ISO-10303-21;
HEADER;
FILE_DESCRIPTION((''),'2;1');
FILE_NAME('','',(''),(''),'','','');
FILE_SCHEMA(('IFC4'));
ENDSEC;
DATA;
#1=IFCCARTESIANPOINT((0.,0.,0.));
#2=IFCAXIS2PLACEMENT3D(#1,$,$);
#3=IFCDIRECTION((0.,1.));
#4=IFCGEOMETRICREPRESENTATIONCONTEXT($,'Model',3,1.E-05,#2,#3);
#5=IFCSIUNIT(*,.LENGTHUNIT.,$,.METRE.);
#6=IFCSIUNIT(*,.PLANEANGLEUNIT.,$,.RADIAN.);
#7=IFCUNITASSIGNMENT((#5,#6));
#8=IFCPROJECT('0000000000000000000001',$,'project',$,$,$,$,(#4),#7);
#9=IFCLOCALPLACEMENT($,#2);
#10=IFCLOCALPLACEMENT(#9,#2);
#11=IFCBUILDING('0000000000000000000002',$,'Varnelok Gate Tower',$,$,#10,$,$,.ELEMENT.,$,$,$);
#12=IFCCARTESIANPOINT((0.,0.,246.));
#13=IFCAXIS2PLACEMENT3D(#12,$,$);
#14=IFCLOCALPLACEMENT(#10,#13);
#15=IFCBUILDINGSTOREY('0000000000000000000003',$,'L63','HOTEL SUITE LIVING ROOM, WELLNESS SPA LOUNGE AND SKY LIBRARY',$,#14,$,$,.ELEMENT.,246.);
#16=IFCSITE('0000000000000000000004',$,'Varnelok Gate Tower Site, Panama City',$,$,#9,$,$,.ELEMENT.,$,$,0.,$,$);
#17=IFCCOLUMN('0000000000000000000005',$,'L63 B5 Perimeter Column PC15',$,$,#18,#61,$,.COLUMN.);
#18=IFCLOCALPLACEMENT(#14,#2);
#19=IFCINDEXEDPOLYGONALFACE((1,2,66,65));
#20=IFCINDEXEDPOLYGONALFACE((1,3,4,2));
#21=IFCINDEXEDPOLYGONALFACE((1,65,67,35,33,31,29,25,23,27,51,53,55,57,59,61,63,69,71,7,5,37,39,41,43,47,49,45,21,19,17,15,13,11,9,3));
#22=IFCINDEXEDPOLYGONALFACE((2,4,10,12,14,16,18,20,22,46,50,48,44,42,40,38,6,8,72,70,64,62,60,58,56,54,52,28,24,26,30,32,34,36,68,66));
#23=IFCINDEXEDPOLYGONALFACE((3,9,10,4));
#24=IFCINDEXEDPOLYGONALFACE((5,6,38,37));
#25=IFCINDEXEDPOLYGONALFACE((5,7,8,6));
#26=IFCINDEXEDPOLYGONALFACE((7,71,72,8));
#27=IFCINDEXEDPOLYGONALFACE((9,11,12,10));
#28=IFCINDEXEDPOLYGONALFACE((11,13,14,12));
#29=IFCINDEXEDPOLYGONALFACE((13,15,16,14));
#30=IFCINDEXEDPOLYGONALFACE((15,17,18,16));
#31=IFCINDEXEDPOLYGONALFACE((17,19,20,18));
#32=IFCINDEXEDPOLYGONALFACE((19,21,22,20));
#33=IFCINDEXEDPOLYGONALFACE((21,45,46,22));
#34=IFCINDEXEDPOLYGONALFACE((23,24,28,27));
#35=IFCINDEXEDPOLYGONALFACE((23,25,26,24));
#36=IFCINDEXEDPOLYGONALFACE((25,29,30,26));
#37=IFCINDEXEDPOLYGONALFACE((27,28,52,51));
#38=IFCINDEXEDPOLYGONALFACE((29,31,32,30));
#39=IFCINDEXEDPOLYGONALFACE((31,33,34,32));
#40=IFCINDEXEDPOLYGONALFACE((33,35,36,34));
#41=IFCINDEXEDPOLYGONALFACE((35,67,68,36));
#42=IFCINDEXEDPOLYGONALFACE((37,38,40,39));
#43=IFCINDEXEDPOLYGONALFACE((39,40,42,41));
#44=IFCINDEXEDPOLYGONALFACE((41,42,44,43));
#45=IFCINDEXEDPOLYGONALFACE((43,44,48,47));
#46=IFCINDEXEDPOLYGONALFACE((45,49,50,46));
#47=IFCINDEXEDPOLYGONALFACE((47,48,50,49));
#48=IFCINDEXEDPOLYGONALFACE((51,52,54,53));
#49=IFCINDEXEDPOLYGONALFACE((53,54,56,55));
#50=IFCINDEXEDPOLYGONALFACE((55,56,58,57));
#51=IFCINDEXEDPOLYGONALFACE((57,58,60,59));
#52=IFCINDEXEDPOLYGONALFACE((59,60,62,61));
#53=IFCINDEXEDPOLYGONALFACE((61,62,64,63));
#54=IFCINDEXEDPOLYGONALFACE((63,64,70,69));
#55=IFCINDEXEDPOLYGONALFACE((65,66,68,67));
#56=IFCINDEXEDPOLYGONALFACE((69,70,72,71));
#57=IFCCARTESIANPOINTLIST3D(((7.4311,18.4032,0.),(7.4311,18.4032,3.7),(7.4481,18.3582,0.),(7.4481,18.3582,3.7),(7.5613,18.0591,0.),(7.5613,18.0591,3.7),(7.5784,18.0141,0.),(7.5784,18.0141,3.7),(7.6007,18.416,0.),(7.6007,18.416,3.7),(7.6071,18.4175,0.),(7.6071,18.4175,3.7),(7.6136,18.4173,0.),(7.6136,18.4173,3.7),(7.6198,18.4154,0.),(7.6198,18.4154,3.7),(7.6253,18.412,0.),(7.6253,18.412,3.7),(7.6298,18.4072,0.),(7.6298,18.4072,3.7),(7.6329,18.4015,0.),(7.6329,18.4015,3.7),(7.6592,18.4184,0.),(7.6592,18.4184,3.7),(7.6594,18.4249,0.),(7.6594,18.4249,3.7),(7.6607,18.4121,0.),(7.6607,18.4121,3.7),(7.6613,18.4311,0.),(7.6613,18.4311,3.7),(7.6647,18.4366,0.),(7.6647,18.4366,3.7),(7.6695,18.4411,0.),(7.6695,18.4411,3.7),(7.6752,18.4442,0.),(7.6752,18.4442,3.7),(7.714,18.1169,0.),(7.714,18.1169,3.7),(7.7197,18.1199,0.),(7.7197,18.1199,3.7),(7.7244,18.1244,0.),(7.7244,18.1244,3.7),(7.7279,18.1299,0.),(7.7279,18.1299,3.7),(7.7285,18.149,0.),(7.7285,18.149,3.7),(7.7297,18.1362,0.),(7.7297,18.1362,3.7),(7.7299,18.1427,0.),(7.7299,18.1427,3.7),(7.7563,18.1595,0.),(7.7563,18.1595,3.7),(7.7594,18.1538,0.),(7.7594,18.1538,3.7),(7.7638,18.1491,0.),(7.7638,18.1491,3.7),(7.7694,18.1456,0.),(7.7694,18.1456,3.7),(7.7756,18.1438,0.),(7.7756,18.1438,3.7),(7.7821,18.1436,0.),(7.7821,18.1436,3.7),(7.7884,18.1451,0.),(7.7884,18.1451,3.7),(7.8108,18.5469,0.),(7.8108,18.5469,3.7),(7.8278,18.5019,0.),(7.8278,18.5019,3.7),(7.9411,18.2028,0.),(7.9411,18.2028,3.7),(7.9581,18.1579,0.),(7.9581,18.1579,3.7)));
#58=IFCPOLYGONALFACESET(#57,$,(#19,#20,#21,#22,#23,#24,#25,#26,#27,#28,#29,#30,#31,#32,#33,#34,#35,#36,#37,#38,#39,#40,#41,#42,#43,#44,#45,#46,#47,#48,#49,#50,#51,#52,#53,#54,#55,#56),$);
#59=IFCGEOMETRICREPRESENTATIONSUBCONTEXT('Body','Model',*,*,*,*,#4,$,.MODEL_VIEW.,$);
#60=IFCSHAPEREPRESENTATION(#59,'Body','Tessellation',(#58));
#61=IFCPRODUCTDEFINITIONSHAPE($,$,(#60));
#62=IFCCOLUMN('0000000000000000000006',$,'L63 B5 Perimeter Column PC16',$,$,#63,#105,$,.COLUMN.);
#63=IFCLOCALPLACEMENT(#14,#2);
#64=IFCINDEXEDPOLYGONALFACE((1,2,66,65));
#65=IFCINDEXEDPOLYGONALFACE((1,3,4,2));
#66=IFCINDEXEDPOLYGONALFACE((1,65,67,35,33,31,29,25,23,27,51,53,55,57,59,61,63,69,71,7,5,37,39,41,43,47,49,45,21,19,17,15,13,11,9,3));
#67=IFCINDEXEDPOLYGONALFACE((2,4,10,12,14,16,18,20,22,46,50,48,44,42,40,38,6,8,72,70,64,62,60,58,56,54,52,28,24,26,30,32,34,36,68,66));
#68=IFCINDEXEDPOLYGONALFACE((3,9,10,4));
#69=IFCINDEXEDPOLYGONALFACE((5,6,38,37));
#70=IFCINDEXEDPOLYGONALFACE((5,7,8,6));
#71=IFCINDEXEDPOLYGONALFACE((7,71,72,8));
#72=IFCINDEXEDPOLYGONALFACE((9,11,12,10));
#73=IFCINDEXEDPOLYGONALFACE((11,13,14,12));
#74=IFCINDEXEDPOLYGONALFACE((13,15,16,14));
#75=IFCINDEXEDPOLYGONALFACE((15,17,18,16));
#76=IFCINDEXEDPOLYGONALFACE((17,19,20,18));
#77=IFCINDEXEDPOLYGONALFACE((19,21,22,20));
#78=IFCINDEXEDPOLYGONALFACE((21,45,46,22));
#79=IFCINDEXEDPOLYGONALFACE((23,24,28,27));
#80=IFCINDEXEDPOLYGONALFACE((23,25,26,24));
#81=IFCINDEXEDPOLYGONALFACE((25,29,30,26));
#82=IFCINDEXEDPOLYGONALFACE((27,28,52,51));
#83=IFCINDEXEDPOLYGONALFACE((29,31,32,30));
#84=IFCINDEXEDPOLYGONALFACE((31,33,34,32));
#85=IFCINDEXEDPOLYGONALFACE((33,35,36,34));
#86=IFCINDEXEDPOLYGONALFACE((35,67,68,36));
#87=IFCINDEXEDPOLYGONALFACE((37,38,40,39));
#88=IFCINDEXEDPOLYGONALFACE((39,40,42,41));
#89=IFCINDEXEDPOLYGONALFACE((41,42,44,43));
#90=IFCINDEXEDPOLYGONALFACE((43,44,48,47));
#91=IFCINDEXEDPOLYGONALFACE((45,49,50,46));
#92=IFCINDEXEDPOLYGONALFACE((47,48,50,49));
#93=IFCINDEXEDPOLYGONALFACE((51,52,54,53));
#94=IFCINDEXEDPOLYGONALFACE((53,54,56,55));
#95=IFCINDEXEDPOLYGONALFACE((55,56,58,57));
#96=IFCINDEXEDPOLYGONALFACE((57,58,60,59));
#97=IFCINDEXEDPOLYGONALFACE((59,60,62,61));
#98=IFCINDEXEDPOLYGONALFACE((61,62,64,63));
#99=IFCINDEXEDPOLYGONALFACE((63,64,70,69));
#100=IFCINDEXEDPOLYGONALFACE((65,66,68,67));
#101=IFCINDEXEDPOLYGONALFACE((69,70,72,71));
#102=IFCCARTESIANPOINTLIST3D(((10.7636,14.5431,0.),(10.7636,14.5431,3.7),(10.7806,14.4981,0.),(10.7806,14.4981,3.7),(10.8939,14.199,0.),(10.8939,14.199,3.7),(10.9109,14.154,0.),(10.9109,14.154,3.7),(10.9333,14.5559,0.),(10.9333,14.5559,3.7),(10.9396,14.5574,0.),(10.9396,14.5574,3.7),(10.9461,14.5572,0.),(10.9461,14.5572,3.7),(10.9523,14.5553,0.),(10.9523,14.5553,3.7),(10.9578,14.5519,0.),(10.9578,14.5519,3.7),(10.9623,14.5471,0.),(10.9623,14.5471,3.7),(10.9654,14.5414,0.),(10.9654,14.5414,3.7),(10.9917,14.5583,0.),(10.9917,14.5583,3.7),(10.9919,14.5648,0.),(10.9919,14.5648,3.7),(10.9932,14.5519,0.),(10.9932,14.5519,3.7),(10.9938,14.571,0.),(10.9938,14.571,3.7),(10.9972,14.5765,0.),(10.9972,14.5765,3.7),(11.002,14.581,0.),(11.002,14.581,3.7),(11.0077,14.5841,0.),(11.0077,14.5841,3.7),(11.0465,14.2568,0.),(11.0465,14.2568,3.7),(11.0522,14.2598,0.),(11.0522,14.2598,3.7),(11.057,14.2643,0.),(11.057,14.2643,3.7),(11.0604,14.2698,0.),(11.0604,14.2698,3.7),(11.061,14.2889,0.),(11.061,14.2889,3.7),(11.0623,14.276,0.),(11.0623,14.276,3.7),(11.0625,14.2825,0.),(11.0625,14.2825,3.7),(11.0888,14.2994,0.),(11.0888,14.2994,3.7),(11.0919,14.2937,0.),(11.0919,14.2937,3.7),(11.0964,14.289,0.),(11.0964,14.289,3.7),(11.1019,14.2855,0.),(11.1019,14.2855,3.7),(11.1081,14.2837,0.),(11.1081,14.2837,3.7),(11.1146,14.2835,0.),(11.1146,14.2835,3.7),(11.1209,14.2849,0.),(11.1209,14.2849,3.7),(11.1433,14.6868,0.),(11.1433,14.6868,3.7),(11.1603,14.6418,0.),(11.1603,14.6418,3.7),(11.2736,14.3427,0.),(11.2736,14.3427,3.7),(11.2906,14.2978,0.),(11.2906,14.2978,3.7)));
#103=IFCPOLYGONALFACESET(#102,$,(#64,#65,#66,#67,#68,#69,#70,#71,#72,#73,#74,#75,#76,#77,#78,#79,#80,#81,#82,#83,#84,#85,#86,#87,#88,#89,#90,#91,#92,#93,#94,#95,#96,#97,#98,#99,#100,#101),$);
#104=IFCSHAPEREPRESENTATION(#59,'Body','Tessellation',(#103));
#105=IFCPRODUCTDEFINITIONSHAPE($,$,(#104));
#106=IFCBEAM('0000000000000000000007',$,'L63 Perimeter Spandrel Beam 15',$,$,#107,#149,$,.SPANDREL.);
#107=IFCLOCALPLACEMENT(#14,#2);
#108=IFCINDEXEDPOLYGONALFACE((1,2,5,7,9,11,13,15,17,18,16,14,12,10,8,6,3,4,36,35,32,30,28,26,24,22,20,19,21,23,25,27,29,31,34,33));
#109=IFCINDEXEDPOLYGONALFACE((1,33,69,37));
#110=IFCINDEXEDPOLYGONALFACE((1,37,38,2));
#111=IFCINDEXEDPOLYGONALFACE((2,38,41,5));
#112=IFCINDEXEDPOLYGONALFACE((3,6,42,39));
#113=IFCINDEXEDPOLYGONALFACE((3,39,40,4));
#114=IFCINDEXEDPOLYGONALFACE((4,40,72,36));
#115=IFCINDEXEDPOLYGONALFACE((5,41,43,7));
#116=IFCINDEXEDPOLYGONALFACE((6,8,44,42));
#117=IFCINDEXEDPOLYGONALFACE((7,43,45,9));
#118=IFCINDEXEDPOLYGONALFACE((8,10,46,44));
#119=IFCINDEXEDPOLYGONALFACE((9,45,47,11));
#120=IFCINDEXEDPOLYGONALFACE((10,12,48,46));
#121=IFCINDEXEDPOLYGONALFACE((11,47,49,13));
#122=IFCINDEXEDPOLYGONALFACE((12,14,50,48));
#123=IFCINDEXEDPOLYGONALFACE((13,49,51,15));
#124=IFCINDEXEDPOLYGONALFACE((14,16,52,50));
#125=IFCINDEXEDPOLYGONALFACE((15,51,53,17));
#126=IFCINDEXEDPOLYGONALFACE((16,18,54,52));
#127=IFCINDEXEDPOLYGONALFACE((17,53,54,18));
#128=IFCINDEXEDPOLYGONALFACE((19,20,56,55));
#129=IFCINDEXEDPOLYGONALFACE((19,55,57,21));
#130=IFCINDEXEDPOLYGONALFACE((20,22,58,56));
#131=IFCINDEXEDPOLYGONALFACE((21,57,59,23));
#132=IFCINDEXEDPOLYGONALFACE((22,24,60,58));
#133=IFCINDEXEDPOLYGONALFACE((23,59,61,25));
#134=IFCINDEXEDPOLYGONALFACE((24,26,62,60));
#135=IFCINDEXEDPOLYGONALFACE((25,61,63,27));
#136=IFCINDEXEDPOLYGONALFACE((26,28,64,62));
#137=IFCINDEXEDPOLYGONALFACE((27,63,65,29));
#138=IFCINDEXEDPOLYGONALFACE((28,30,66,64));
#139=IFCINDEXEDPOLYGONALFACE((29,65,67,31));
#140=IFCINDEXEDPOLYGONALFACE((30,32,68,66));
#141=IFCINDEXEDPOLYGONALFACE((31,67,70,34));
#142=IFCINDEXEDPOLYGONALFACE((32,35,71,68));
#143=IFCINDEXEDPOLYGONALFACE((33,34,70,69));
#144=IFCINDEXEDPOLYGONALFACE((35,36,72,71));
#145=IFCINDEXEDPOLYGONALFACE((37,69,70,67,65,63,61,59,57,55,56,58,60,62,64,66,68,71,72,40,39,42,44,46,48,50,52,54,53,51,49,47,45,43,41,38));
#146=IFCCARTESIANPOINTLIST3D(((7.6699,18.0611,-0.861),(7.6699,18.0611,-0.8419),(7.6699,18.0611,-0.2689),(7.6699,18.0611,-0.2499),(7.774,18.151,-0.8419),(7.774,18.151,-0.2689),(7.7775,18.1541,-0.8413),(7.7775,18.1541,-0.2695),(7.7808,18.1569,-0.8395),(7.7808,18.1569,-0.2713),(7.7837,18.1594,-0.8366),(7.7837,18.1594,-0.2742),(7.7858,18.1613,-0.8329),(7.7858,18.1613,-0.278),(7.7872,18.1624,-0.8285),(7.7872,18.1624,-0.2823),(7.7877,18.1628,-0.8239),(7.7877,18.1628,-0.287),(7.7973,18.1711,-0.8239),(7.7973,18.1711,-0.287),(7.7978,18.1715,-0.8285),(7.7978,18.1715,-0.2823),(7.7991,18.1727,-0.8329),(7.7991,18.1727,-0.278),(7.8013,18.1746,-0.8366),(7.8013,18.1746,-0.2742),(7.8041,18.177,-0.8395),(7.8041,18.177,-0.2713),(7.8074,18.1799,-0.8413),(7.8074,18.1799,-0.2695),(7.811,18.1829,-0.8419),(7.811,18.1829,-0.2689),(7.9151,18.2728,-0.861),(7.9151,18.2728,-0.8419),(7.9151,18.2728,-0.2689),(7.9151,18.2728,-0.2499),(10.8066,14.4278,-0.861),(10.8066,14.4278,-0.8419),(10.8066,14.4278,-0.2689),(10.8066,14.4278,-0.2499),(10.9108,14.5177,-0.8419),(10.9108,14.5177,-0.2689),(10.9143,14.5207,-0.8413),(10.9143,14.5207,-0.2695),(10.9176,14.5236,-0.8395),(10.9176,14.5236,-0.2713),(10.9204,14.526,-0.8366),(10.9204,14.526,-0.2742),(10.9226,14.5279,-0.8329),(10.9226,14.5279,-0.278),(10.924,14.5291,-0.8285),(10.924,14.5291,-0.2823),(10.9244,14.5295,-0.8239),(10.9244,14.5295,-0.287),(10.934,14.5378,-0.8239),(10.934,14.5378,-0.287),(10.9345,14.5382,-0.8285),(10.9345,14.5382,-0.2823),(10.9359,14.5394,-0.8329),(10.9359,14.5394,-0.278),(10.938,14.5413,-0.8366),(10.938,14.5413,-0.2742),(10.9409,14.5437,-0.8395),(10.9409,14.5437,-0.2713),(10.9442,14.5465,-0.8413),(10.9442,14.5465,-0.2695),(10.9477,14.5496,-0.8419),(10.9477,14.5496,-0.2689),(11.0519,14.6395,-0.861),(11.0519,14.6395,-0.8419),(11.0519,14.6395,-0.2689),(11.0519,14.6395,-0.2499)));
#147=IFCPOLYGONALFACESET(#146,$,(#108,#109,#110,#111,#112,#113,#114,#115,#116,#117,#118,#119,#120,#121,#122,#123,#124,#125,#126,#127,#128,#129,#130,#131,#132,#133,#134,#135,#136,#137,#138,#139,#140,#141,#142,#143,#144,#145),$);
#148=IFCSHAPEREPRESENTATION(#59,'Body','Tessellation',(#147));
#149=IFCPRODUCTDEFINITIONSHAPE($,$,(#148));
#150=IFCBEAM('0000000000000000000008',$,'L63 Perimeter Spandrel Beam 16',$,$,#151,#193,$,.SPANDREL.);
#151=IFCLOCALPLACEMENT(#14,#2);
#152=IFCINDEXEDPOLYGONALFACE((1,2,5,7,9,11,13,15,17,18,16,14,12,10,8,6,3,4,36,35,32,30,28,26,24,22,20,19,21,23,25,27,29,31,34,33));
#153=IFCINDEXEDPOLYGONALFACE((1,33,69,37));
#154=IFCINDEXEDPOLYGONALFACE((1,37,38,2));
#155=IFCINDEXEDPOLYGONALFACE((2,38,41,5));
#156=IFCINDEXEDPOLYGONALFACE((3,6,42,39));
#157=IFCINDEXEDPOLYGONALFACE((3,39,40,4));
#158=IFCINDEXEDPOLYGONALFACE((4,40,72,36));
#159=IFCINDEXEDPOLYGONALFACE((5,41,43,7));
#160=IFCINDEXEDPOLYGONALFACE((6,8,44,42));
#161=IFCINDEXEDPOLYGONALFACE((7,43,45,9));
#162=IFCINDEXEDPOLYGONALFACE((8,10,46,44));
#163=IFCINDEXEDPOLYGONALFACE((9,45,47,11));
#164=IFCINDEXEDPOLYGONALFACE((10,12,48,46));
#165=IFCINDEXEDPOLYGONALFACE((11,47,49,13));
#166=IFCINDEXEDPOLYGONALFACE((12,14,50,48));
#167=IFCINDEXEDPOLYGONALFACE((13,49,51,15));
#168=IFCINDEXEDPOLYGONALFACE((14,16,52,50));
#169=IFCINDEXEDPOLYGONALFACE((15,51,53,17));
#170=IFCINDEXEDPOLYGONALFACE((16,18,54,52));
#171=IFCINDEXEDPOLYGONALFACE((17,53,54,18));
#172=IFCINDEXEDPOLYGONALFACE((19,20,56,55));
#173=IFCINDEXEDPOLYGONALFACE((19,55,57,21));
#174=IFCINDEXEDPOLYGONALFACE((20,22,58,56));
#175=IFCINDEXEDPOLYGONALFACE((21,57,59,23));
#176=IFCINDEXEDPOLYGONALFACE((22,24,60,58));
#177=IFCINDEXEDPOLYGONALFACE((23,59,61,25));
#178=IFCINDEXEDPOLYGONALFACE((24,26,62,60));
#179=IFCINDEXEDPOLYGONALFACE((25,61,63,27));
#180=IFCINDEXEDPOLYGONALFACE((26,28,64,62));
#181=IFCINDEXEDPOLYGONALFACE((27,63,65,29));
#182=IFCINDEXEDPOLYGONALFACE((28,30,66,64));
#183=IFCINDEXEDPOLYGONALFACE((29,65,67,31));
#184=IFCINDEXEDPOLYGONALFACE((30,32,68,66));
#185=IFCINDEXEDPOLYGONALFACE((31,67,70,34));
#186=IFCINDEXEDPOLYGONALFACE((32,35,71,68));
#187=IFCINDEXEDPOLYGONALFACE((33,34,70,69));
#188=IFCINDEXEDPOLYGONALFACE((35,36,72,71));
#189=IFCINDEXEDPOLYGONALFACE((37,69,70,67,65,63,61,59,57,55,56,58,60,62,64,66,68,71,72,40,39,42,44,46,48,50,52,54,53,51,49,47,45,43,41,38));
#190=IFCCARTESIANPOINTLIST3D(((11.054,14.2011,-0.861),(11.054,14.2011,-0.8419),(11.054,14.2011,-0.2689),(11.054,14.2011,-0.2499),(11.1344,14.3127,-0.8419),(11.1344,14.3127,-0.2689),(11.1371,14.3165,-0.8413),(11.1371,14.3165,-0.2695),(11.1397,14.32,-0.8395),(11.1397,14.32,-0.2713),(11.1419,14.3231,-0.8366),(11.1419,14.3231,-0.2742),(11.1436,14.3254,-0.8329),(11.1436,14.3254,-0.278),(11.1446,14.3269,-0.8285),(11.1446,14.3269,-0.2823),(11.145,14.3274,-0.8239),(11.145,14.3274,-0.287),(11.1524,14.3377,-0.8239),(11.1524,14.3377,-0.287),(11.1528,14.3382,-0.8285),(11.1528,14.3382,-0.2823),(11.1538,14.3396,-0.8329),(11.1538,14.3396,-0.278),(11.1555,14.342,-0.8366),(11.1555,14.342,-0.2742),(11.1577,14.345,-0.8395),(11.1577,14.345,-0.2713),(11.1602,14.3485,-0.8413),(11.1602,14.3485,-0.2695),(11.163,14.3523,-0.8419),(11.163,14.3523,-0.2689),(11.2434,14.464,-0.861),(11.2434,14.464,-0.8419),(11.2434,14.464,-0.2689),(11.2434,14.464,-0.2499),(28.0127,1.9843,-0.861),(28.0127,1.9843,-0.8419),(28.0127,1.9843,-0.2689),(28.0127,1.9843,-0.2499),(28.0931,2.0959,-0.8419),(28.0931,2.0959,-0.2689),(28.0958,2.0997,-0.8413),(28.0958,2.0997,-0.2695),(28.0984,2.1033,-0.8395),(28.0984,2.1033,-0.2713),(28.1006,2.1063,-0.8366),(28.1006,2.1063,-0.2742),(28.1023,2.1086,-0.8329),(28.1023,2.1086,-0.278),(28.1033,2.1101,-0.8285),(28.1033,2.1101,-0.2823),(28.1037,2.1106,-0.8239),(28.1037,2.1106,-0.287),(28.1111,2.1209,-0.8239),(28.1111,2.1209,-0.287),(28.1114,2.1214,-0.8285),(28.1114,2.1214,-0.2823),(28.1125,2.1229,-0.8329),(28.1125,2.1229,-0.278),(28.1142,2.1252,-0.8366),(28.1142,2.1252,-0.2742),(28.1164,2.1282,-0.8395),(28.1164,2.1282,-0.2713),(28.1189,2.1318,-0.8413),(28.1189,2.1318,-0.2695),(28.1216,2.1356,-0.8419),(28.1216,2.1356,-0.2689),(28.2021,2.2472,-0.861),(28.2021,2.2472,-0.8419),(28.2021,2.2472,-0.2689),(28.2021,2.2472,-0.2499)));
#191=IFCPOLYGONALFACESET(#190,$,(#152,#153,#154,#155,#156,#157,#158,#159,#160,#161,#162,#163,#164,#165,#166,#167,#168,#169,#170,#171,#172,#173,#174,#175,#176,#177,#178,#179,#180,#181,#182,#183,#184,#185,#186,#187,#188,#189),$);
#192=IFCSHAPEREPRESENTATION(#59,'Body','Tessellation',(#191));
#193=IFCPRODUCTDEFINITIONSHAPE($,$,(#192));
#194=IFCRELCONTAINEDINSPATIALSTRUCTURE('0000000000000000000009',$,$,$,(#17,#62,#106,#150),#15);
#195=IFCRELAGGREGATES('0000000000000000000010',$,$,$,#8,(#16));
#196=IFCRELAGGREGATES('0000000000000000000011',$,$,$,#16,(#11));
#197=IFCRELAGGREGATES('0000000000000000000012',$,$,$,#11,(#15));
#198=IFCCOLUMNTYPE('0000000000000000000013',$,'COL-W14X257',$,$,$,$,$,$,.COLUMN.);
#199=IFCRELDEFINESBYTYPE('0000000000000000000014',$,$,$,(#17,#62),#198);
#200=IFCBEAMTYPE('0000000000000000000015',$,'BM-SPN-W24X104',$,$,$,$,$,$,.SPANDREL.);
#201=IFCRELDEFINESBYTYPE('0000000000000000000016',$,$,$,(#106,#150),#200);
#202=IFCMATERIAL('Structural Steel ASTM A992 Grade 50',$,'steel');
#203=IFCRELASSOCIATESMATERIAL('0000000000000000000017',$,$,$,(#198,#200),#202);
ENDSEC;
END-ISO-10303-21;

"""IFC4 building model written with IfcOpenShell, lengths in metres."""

from ifc_helpers import new_model, si_unit, direction, frame, origin, origin_2d, place, context, subcontext, project, spatial, i_section, extrude, material, material_profile, profile_set, type_object, element, save


model = new_model("IFC4")

# Units and contexts
model_context = context("Model", 3, precision=1e-05, world=origin(), true_north=direction((0.0, 1.0)))
body_context = subcontext(model_context, "Body", "Model", "MODEL_VIEW")
ifc_project = project(units=[si_unit("LENGTHUNIT", "METRE"), si_unit("PLANEANGLEUNIT", "RADIAN")], contexts=[model_context])

# Site, building, storey
site_placement = place(None, origin())
site = spatial("IfcSite", under=ifc_project, at=site_placement, Name="Varnelok Gate Tower Site, Panama City", CompositionType="ELEMENT", RefElevation=0.0)
building_placement = place(site_placement, origin())
building = spatial("IfcBuilding", under=site, at=building_placement, Name="Varnelok Gate Tower", CompositionType="ELEMENT")
storey_placement = place(building_placement, frame((0.0, 0.0, 246.0)))
storey = spatial("IfcBuildingStorey", under=building, at=storey_placement, Name="L63", Description="HOTEL SUITE LIVING ROOM, WELLNESS SPA LOUNGE AND SKY LIBRARY", CompositionType="ELEMENT", Elevation=246.0)

# Columns
ifc_material_1 = material(Name="Structural Steel ASTM A992 Grade 50", Category="steel")
ifc_material_profile_1 = material_profile(ifc_material_1, i_section(OverallWidth=0.406, OverallDepth=0.416, WebThickness=0.0298, FlangeThickness=0.0481, FilletRadius=0.0249, at=origin_2d()), Name="W14X257")
ifc_profile_set_1 = profile_set([ifc_material_profile_1], Name="Structural Steel ASTM A992 Grade 50")
column_type = type_object("IfcColumnType", Name="COL-W14X257", PredefinedType="COLUMN", material=ifc_profile_set_1)
for number, where, z_axis, x_axis, name in (
    (1, (7.6946, 18.2805, 0.0), (0.0, 0.0, 1.0), (0.935222, 0.354063, 0.0), "L63 B5 Perimeter Column PC15"),
    (2, (11.0271, 14.4204, 0.0), (0.0, 0.0, 1.0), (0.935222, 0.354063, 0.0), "L63 B5 Perimeter Column PC16"),
):
    element("IfcColumn", number, at=place(storey_placement, frame(where, z_axis=z_axis, x_axis=x_axis)), inside=storey, type_object=column_type, Name=name, PredefinedType="COLUMN", context=body_context, shape_type="SweptSolid", body=[
        extrude(i_section(OverallWidth=0.406, OverallDepth=0.416, WebThickness=0.0298, FlangeThickness=0.0481, FilletRadius=0.0249, at=origin_2d()), origin(), (0.0, 0.0, 1.0), 3.7),
    ])

# Beams
ifc_material_profile_2 = material_profile(ifc_material_1, i_section(OverallWidth=0.324, OverallDepth=0.6111, WebThickness=0.0127, FlangeThickness=0.019, FilletRadius=0.0181, at=origin_2d()), Name="W24X104")
ifc_profile_set_2 = profile_set([ifc_material_profile_2], Name="Structural Steel ASTM A992 Grade 50")
beam_type = type_object("IfcBeamType", Name="BM-SPN-W24X104", PredefinedType="SPANDREL", material=ifc_profile_set_2)
beam_1_placement = place(storey_placement, frame((7.7925, 18.167, -0.5554), z_axis=(0.653485, -0.75694, 0.0), x_axis=(0.75694, 0.653485, 0.0)))
element("IfcBeam", 3, at=beam_1_placement, inside=storey, type_object=beam_type, Name="L63 Perimeter Spandrel Beam 15", PredefinedType="SPANDREL", context=body_context, shape_type="SweptSolid", body=[
    extrude(i_section(OverallWidth=0.324, OverallDepth=0.6111, WebThickness=0.0127, FlangeThickness=0.019, FilletRadius=0.0181, at=origin_2d()), origin(), (0.0, 0.0, 1.0), 4.8),
])
beam_2_placement = place(storey_placement, frame((11.1487, 14.3325, -0.5554), z_axis=(0.811387, -0.58451, 0.0), x_axis=(0.58451, 0.811387, 0.0)))
element("IfcBeam", 4, at=beam_2_placement, inside=storey, type_object=beam_type, Name="L63 Perimeter Spandrel Beam 16", PredefinedType="SPANDREL", context=body_context, shape_type="SweptSolid", body=[
    extrude(i_section(OverallWidth=0.324, OverallDepth=0.6111, WebThickness=0.0127, FlangeThickness=0.019, FilletRadius=0.0181, at=origin_2d()), origin(), (0.0, 0.0, 1.0), 20.9009),
])

save(model, "model.ifc")
